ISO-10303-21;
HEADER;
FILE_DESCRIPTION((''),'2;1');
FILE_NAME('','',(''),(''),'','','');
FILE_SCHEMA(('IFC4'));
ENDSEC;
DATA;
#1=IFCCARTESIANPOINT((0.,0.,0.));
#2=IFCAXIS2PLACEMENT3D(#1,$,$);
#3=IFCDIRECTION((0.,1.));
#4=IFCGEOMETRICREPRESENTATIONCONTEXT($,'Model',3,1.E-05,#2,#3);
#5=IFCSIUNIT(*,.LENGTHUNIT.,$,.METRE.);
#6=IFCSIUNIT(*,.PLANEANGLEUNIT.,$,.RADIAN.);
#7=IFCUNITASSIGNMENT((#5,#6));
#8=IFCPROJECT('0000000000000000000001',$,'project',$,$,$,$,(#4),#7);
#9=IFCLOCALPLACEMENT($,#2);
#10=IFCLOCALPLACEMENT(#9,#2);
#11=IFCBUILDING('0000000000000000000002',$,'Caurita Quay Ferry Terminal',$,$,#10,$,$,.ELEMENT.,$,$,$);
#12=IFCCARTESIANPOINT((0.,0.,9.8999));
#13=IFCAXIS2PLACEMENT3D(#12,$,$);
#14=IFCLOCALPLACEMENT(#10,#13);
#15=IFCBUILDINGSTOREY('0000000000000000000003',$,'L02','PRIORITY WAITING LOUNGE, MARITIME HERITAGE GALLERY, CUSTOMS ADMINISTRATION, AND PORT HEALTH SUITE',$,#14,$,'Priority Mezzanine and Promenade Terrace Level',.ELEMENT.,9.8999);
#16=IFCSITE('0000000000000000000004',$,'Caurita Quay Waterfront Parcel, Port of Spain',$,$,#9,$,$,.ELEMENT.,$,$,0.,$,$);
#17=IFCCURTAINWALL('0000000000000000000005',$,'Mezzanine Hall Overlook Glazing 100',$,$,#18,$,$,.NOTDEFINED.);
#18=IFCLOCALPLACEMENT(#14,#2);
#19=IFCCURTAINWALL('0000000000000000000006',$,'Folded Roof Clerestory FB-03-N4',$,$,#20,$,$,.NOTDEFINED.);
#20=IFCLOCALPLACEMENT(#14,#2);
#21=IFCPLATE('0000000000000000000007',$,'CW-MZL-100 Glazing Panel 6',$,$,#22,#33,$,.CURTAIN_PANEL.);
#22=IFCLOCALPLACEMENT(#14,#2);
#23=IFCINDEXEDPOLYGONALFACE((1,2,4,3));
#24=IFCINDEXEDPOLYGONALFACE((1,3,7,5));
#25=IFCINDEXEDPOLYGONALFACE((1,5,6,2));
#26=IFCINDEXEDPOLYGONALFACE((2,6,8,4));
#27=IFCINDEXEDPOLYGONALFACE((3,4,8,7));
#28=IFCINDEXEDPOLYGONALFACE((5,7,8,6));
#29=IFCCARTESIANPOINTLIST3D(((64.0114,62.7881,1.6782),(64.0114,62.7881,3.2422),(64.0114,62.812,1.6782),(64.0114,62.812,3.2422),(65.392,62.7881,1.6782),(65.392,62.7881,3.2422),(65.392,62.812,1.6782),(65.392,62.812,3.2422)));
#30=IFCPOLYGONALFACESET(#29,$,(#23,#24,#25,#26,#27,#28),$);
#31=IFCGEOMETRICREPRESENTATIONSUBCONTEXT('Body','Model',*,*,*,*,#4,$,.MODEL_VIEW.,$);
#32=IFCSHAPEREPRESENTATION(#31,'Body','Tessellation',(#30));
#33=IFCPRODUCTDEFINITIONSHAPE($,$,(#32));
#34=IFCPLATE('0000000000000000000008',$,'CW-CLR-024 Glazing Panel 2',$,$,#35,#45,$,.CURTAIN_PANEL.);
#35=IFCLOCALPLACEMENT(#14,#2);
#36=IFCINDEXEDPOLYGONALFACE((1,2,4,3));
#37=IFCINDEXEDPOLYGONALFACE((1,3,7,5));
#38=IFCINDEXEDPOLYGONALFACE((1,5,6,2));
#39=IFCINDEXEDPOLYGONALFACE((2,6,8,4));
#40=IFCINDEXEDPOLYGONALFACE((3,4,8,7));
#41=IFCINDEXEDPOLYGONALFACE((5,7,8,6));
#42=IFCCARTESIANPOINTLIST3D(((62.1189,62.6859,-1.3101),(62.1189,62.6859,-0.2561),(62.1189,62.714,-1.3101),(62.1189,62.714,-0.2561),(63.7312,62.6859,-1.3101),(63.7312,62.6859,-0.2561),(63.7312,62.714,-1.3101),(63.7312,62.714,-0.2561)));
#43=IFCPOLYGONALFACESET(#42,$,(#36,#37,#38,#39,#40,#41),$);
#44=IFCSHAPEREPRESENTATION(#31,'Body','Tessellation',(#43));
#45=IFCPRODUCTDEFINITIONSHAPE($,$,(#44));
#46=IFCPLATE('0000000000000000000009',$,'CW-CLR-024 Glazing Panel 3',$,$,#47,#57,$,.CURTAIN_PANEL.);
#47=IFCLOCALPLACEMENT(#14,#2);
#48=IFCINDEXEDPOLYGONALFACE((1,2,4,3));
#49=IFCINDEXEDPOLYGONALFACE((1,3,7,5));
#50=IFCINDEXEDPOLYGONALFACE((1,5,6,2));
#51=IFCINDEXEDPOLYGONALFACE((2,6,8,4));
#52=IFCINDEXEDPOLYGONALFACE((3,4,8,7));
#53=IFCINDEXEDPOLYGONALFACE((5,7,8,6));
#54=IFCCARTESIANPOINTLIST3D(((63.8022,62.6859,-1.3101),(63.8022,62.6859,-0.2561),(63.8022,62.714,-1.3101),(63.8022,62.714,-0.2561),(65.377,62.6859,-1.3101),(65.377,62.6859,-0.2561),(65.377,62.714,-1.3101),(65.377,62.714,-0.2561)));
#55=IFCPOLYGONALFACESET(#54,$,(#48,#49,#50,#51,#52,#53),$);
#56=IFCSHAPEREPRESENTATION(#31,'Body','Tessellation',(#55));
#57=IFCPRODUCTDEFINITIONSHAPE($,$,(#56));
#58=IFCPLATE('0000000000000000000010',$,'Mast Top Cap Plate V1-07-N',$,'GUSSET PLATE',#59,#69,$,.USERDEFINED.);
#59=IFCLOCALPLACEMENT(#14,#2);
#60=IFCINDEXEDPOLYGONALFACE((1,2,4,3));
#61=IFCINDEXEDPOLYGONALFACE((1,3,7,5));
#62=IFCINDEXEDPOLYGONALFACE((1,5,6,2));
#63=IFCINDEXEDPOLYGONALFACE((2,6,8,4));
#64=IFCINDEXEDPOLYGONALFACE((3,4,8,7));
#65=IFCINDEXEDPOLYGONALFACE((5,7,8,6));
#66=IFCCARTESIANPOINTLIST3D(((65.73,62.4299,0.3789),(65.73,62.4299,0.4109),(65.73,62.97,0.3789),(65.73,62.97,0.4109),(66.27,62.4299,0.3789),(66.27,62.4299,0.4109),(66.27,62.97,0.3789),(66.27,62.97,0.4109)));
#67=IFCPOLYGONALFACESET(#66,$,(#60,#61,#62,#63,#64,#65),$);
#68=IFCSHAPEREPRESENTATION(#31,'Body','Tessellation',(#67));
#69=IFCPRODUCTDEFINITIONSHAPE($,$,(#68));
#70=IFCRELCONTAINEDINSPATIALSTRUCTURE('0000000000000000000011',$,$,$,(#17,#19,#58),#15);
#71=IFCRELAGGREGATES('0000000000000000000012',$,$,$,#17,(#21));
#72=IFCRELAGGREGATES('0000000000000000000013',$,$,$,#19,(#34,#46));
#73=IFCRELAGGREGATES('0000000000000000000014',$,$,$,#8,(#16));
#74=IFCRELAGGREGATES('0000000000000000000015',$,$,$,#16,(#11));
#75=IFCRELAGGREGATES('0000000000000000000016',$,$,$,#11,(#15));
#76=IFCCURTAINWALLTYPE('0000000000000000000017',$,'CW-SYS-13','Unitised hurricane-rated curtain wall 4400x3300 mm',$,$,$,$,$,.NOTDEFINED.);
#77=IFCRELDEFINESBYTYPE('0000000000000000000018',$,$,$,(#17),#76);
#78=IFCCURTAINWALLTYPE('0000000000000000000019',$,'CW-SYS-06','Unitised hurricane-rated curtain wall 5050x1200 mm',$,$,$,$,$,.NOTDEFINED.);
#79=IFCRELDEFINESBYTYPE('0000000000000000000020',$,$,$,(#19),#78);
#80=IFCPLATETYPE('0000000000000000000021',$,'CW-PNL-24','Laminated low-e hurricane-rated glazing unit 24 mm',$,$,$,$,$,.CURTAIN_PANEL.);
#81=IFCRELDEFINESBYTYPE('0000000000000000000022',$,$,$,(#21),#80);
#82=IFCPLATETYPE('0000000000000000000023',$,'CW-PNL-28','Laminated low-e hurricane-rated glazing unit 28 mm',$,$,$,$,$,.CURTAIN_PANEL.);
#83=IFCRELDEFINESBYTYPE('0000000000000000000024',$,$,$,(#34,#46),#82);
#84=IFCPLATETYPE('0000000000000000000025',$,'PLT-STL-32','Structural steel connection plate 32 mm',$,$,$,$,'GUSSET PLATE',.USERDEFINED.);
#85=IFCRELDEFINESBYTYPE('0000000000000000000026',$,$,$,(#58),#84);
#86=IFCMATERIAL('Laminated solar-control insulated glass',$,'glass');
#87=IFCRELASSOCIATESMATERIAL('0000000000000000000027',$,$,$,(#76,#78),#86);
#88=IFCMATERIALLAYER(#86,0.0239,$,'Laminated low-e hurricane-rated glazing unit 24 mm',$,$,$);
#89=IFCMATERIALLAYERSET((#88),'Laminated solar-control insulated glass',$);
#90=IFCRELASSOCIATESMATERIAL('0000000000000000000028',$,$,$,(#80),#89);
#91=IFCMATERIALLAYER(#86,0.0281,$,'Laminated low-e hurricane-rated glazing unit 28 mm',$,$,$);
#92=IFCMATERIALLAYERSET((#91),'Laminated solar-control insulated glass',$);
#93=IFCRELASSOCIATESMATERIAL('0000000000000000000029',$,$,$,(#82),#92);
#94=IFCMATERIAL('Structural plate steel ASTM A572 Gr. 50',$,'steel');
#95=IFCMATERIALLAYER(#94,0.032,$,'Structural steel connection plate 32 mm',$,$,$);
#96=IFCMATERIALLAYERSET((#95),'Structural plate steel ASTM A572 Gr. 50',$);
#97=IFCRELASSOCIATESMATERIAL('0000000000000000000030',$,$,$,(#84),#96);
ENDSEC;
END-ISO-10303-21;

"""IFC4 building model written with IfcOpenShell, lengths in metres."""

from ifc_helpers import new_model, si_unit, direction, frame, origin, origin_2d, place, context, subcontext, project, spatial, rectangle, extrude, material, layer, layer_set, type_object, element, aggregate, save


model = new_model("IFC4")

# Units and contexts
model_context = context("Model", 3, precision=1e-05, world=origin(), true_north=direction((0.0, 1.0)))
body_context = subcontext(model_context, "Body", "Model", "MODEL_VIEW")
ifc_project = project(units=[si_unit("LENGTHUNIT", "METRE"), si_unit("PLANEANGLEUNIT", "RADIAN")], contexts=[model_context])

# Site, building, storey
site_placement = place(None, origin())
site = spatial("IfcSite", under=ifc_project, at=site_placement, Name="Caurita Quay Waterfront Parcel, Port of Spain", CompositionType="ELEMENT", RefElevation=0.0)
building_placement = place(site_placement, origin())
building = spatial("IfcBuilding", under=site, at=building_placement, Name="Caurita Quay Ferry Terminal", CompositionType="ELEMENT")
storey_placement = place(building_placement, frame((0.0, 0.0, 9.8999)))
storey = spatial("IfcBuildingStorey", under=building, at=storey_placement, Name="L02", Description="PRIORITY WAITING LOUNGE, MARITIME HERITAGE GALLERY, CUSTOMS ADMINISTRATION, AND PORT HEALTH SUITE", LongName="Priority Mezzanine and Promenade Terrace Level", CompositionType="ELEMENT", Elevation=9.8999)

# Curtain wall
ifc_material_1 = material(Name="Laminated solar-control insulated glass", Category="glass")
curtain_wall_type_1 = type_object("IfcCurtainWallType", Name="CW-SYS-13", Description="Unitised hurricane-rated curtain wall 4400x3300 mm", PredefinedType="NOTDEFINED", material=ifc_material_1)
curtain_wall_1_placement = place(storey_placement, origin())
curtain_wall_1 = element("IfcCurtainWall", 1, at=curtain_wall_1_placement, inside=storey, type_object=curtain_wall_type_1, Name="Mezzanine Hall Overlook Glazing 100", PredefinedType="NOTDEFINED")

# Curtain wall
curtain_wall_type_2 = type_object("IfcCurtainWallType", Name="CW-SYS-06", Description="Unitised hurricane-rated curtain wall 5050x1200 mm", PredefinedType="NOTDEFINED", material=ifc_material_1)
curtain_wall_2_placement = place(storey_placement, origin())
curtain_wall_2 = element("IfcCurtainWall", 2, at=curtain_wall_2_placement, inside=storey, type_object=curtain_wall_type_2, Name="Folded Roof Clerestory FB-03-N4", PredefinedType="NOTDEFINED")

# Plates
ifc_layer_1 = layer(ifc_material_1, 0.0239, Name="Laminated low-e hurricane-rated glazing unit 24 mm")
ifc_layer_set_1 = layer_set([ifc_layer_1], Name="Laminated solar-control insulated glass")
plate_type_1 = type_object("IfcPlateType", Name="CW-PNL-24", Description="Laminated low-e hurricane-rated glazing unit 24 mm", PredefinedType="CURTAIN_PANEL", material=ifc_layer_set_1)
plate_1_placement = place(storey_placement, frame((64.7017, 62.8, 1.6782), z_axis=(0.0, 0.0, 1.0), x_axis=(1.0, 0.0, 0.0)))
plate_1 = element("IfcPlate", 3, at=plate_1_placement, type_object=plate_type_1, Name="CW-MZL-100 Glazing Panel 6", PredefinedType="CURTAIN_PANEL", context=body_context, shape_type="SweptSolid", body=[
    extrude(rectangle(XDim=1.3806, YDim=0.0239, at=origin_2d()), origin(), (0.0, 0.0, 1.0), 1.564),
])
aggregate(curtain_wall_1, [plate_1])
ifc_layer_2 = layer(ifc_material_1, 0.0281, Name="Laminated low-e hurricane-rated glazing unit 28 mm")
ifc_layer_set_2 = layer_set([ifc_layer_2], Name="Laminated solar-control insulated glass")
plate_type_2 = type_object("IfcPlateType", Name="CW-PNL-28", Description="Laminated low-e hurricane-rated glazing unit 28 mm", PredefinedType="CURTAIN_PANEL", material=ifc_layer_set_2)
plate_2_placement = place(storey_placement, frame((62.925, 62.7, -1.3101), z_axis=(0.0, 0.0, 1.0), x_axis=(1.0, 0.0, 0.0)))
plate_2 = element("IfcPlate", 4, at=plate_2_placement, type_object=plate_type_2, Name="CW-CLR-024 Glazing Panel 2", PredefinedType="CURTAIN_PANEL", context=body_context, shape_type="SweptSolid", body=[
    extrude(rectangle(XDim=1.6123, YDim=0.0281, at=origin_2d()), origin(), (0.0, 0.0, 1.0), 1.054),
])
plate_3_placement = place(storey_placement, frame((64.5896, 62.7, -1.3101), z_axis=(0.0, 0.0, 1.0), x_axis=(1.0, 0.0, 0.0)))
plate_3 = element("IfcPlate", 5, at=plate_3_placement, type_object=plate_type_2, Name="CW-CLR-024 Glazing Panel 3", PredefinedType="CURTAIN_PANEL", context=body_context, shape_type="SweptSolid", body=[
    extrude(rectangle(XDim=1.5747, YDim=0.0281, at=origin_2d()), origin(), (0.0, 0.0, 1.0), 1.054),
])
aggregate(curtain_wall_2, [plate_2, plate_3])
ifc_material_2 = material(Name="Structural plate steel ASTM A572 Gr. 50", Category="steel")
ifc_layer_3 = layer(ifc_material_2, 0.032, Name="Structural steel connection plate 32 mm")
ifc_layer_set_3 = layer_set([ifc_layer_3], Name="Structural plate steel ASTM A572 Gr. 50")
plate_type_3 = type_object("IfcPlateType", Name="PLT-STL-32", Description="Structural steel connection plate 32 mm", ElementType="GUSSET PLATE", PredefinedType="USERDEFINED", material=ifc_layer_set_3)
plate_4_placement = place(storey_placement, frame((66.0, 62.7, 0.3789), z_axis=(0.0, 0.0, 1.0), x_axis=(1.0, 0.0, 0.0)))
element("IfcPlate", 6, at=plate_4_placement, inside=storey, type_object=plate_type_3, Name="Mast Top Cap Plate V1-07-N", ObjectType="GUSSET PLATE", PredefinedType="USERDEFINED", context=body_context, shape_type="SweptSolid", body=[
    extrude(rectangle(XDim=0.54, YDim=0.54, at=origin_2d()), origin(), (0.0, 0.0, 1.0), 0.032),
])

save(model, "model.ifc")
